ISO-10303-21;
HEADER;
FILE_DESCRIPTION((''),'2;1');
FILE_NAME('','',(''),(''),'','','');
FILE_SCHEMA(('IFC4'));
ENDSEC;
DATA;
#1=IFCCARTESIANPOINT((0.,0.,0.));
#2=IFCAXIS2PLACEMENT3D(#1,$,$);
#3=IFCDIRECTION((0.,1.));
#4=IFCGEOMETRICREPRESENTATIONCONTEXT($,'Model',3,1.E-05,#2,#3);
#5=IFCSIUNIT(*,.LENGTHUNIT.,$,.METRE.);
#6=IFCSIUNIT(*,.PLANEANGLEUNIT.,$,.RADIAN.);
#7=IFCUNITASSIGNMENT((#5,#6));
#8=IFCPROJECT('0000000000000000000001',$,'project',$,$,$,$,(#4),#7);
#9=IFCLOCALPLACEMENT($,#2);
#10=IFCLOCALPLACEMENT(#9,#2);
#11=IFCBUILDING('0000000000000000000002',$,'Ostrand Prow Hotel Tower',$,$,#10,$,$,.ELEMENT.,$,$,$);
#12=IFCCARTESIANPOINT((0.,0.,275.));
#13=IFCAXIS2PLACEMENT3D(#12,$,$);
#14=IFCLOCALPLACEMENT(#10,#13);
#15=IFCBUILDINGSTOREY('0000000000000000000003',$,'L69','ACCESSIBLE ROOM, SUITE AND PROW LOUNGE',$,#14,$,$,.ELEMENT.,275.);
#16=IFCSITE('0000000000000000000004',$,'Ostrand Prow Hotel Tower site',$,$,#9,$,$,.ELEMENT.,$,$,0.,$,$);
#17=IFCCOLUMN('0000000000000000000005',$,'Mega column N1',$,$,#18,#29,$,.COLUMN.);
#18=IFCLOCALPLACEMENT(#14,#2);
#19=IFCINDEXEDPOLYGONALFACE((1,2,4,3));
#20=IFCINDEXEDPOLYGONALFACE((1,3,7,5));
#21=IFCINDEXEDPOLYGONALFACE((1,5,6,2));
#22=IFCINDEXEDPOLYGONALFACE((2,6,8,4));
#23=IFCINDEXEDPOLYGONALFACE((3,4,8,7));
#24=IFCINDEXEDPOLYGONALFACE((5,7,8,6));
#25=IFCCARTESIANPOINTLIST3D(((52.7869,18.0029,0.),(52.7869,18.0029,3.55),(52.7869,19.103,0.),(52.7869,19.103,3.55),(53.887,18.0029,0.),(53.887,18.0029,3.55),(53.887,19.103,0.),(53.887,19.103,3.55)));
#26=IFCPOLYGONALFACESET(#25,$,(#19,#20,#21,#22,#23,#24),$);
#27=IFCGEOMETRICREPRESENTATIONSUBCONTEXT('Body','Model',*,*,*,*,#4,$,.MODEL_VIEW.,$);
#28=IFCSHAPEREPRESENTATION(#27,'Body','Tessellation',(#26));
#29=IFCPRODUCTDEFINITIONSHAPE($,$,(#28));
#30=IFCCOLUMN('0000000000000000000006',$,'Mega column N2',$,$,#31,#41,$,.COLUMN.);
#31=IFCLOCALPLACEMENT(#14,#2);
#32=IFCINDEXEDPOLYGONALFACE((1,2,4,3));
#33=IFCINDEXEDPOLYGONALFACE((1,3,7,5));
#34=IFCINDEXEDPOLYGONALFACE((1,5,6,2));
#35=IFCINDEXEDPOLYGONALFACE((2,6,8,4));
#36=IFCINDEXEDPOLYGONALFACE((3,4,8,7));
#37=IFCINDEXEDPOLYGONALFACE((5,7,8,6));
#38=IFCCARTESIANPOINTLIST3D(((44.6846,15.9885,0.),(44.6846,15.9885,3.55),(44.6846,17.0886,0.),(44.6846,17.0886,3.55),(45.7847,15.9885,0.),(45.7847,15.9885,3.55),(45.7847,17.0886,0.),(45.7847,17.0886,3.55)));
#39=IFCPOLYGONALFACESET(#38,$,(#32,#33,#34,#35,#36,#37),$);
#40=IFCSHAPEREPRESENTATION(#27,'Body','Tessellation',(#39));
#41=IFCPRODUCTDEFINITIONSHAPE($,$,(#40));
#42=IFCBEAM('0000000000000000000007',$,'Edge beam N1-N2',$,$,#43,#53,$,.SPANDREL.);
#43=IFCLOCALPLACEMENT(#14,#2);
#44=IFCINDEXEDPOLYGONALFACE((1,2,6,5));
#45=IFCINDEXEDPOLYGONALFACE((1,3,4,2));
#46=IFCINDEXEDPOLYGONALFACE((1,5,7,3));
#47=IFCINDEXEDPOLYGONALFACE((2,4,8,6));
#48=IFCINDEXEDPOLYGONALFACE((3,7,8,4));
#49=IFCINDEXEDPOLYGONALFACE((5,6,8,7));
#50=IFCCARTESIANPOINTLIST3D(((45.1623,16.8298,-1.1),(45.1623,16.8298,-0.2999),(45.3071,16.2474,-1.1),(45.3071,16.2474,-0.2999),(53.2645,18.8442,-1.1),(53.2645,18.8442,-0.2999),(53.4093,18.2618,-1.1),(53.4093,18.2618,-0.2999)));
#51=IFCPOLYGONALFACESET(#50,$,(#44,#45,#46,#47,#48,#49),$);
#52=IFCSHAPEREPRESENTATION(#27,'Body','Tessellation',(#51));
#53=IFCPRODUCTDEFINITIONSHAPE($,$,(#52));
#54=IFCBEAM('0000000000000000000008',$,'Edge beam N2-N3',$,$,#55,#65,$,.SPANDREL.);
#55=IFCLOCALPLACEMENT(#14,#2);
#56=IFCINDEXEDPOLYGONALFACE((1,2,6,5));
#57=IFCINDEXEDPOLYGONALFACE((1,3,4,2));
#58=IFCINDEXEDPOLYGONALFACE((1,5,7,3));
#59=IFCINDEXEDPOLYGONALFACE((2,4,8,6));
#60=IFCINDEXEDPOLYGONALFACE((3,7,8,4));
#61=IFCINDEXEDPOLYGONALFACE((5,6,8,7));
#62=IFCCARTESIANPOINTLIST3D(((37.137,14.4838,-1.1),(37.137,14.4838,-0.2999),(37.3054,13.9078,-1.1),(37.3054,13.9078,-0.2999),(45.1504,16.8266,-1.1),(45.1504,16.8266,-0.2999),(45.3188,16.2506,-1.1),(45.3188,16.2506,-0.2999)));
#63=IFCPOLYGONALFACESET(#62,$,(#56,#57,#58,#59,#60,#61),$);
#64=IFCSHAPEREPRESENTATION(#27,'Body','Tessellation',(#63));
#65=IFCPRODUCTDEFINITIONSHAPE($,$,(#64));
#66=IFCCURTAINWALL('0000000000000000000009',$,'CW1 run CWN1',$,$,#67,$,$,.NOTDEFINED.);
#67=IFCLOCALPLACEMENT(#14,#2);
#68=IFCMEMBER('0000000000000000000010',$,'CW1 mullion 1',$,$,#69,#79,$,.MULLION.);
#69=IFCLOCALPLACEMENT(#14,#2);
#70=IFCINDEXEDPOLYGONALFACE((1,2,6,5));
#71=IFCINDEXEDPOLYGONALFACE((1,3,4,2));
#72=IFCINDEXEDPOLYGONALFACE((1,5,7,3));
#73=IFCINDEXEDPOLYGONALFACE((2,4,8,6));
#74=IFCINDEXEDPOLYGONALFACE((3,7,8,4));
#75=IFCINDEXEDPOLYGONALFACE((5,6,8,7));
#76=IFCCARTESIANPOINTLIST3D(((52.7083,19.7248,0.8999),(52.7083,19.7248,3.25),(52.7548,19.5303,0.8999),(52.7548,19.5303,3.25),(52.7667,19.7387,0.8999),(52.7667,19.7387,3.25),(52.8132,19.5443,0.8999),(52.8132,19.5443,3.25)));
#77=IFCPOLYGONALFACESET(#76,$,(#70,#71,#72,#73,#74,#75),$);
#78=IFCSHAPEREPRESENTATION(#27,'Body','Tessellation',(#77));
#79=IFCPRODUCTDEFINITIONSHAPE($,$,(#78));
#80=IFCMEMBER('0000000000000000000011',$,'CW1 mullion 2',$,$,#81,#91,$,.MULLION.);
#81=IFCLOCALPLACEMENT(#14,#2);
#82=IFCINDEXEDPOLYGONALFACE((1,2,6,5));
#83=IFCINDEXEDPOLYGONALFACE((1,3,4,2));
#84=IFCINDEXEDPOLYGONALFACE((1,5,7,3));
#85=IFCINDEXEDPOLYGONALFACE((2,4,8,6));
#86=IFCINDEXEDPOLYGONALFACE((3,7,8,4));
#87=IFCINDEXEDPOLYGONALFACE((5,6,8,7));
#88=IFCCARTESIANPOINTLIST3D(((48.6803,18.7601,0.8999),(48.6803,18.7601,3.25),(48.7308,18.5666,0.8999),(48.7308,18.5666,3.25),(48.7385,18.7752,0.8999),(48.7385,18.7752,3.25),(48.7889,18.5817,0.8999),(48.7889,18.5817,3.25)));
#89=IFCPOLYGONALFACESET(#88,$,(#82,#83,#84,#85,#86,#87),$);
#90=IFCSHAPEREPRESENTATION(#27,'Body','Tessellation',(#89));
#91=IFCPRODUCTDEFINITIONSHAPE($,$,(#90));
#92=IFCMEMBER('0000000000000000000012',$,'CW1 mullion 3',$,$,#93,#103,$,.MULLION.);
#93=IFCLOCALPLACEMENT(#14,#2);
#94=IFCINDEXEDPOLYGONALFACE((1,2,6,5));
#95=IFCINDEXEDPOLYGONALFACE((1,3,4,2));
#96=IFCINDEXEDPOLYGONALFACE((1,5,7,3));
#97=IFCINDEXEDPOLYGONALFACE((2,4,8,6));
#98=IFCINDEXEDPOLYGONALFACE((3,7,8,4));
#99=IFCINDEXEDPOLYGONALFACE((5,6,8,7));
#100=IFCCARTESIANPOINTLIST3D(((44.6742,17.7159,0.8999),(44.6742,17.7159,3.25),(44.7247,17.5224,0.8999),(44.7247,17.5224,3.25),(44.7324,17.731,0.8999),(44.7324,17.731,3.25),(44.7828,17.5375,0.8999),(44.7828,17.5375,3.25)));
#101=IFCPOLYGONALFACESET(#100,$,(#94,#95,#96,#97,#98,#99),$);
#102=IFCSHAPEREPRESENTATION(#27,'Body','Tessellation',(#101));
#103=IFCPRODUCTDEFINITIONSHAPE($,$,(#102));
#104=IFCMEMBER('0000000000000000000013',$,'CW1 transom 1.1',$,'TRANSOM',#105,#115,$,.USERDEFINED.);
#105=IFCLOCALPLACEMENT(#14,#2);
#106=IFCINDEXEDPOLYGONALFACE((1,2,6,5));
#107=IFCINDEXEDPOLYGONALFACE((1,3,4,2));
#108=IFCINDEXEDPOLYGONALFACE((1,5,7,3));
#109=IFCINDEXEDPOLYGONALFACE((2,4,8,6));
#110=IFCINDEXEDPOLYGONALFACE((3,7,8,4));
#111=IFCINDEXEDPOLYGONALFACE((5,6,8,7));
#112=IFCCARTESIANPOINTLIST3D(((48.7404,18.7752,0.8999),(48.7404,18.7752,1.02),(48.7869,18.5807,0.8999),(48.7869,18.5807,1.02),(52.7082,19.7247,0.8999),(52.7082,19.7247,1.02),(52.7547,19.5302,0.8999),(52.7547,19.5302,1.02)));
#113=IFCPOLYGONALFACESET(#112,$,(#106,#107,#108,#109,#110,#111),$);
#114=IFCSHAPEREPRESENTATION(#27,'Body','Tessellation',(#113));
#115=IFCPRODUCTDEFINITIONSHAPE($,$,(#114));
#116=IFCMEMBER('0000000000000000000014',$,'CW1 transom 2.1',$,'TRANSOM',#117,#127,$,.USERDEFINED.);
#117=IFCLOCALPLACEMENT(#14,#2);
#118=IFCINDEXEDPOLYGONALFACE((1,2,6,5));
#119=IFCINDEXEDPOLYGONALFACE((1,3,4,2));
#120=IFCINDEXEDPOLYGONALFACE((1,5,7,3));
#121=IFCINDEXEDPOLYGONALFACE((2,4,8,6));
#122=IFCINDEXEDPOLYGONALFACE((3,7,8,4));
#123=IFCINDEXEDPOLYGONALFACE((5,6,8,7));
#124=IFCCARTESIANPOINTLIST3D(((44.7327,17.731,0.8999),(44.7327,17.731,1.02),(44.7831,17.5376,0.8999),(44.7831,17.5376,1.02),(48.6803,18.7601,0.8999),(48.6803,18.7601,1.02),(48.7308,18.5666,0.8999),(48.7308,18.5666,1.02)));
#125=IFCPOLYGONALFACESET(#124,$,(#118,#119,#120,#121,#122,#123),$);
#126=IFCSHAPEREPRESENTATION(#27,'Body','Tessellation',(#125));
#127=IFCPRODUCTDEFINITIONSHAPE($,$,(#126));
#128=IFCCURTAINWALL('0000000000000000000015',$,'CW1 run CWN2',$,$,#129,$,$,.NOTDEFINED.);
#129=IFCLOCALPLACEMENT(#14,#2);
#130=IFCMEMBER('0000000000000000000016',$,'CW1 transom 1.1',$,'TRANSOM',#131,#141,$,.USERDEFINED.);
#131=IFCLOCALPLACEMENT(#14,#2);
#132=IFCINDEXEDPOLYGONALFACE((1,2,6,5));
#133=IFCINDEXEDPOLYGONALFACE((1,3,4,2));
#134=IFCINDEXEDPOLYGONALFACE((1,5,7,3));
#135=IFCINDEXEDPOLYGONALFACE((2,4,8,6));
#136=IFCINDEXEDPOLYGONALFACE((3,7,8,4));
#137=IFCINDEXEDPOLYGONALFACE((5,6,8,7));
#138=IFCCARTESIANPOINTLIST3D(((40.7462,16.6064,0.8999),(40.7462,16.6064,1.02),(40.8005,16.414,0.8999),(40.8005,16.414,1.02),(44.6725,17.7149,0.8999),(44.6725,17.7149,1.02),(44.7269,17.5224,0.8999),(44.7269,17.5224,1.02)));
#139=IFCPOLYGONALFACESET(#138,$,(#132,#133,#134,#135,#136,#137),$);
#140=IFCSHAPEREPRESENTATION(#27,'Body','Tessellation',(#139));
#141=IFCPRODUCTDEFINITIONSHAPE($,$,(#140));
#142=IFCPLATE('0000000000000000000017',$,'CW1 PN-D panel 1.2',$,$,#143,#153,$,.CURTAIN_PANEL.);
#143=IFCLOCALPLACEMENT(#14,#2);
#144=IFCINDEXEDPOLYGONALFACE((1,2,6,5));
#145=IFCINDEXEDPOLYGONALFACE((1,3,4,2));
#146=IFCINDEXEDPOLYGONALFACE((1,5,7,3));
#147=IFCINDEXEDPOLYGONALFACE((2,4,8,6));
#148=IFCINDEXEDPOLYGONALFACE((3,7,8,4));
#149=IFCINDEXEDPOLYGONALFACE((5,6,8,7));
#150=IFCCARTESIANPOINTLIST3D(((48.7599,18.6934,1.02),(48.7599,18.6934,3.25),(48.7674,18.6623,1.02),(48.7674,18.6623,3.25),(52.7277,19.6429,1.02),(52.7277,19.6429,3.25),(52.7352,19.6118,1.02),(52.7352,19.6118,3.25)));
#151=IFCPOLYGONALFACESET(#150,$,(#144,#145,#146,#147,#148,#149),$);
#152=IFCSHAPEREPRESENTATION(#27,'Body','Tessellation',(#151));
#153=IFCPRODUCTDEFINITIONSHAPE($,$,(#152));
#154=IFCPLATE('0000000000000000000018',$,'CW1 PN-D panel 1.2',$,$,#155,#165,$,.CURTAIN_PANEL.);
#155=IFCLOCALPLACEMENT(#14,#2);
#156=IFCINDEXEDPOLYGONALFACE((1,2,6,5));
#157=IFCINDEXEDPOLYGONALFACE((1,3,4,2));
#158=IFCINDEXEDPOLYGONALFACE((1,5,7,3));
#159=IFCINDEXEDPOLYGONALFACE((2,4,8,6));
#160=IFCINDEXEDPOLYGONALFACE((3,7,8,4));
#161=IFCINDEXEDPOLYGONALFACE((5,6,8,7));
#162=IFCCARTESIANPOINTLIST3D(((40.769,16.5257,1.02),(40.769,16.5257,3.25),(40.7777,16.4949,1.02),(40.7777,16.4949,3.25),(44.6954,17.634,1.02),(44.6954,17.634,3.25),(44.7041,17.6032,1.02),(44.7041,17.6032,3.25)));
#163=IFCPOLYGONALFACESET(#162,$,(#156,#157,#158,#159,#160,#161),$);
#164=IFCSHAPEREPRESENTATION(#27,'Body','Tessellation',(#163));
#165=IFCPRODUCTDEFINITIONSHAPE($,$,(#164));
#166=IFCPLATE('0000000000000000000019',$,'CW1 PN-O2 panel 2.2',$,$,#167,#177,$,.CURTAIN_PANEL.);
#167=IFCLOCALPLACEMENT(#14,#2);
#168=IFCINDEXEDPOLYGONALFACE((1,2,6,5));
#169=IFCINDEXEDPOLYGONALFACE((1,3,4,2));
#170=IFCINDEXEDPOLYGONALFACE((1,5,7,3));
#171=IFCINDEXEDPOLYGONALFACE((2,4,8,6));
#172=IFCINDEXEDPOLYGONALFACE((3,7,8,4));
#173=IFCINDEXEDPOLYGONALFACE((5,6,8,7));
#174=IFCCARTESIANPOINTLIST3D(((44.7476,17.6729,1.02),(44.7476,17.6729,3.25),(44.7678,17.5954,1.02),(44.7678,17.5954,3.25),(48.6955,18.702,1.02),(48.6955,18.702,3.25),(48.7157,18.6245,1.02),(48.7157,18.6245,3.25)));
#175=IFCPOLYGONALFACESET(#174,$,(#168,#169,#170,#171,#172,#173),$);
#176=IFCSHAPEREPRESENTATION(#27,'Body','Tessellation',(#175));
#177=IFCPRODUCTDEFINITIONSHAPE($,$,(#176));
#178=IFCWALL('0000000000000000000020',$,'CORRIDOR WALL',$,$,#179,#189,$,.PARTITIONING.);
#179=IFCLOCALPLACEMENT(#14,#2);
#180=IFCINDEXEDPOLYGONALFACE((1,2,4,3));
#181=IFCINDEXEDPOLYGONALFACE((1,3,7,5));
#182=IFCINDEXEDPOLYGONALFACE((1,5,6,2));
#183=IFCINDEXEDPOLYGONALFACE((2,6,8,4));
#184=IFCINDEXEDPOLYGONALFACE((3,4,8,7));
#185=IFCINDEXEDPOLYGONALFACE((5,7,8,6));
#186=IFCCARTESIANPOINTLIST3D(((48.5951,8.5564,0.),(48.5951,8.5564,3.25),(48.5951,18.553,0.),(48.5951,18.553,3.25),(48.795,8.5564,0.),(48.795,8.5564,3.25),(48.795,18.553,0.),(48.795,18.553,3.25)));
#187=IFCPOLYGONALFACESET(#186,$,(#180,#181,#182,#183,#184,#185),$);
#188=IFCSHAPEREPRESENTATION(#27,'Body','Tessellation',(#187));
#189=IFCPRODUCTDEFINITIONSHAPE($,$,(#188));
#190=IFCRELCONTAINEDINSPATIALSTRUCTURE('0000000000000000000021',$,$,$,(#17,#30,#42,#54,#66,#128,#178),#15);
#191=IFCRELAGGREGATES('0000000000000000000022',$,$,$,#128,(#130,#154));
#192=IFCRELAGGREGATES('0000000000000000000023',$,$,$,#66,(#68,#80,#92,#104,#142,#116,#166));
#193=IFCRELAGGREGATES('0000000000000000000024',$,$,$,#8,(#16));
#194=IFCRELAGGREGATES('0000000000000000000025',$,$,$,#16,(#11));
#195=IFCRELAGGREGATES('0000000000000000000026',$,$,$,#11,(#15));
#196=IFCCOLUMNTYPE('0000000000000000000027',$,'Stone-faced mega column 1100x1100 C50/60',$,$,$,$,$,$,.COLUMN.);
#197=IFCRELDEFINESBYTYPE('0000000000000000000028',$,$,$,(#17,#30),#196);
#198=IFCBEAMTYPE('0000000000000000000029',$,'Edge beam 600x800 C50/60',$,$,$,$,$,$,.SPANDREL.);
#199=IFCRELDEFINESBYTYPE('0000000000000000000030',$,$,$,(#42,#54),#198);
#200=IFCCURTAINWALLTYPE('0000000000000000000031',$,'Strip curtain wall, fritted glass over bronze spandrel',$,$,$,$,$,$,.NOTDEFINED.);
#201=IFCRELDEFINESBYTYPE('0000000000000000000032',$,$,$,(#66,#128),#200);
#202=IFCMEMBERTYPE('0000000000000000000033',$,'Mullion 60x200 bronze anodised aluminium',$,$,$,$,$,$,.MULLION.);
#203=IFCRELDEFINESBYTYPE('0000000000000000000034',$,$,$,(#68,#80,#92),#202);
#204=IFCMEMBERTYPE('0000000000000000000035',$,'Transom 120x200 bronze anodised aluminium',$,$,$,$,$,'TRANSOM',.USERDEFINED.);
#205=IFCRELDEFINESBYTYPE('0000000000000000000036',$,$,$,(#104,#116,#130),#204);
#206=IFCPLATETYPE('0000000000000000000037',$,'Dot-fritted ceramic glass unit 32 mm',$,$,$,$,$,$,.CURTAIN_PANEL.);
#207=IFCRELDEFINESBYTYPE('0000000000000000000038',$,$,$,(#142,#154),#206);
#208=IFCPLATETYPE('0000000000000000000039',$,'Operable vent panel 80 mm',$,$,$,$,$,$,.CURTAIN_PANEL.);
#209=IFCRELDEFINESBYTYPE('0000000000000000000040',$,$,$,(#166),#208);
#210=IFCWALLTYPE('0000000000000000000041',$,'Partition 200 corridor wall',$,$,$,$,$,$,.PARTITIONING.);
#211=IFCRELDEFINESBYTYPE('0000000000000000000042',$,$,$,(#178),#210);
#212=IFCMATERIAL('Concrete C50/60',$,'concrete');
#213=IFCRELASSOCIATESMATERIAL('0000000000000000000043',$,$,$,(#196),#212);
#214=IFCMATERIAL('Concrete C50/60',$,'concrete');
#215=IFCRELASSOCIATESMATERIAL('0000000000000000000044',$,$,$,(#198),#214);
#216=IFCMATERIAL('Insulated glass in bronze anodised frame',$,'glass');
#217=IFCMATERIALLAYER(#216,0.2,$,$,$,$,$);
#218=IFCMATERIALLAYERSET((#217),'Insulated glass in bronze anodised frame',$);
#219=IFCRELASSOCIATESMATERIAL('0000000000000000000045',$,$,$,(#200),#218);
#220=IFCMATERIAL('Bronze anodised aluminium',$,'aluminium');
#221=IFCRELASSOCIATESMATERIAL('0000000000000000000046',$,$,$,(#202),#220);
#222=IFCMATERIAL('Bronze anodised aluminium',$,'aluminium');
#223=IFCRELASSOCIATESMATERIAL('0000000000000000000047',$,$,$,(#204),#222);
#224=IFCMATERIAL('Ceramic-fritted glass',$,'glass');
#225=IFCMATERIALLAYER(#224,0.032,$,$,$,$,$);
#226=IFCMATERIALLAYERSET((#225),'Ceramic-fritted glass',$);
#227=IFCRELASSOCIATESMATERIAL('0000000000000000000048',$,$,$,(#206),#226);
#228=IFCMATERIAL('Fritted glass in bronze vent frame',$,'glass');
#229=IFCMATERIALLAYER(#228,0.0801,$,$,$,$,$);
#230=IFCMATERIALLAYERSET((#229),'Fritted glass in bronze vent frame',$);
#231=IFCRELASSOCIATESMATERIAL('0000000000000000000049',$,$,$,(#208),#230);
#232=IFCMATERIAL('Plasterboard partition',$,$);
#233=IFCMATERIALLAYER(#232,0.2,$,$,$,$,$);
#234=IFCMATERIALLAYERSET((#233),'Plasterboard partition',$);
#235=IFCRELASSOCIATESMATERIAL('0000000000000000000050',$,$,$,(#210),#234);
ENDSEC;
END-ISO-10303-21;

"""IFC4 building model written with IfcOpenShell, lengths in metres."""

from ifc_helpers import new_model, si_unit, direction, frame, frame_2d, origin, origin_2d, place, context, subcontext, project, spatial, rectangle, extrude, material, layer, layer_set, material_profile, profile_set, type_object, element, aggregate, save


model = new_model("IFC4")

# Units and contexts
model_context = context("Model", 3, precision=1e-05, world=origin(), true_north=direction((0.0, 1.0)))
body_context = subcontext(model_context, "Body", "Model", "MODEL_VIEW")
ifc_project = project(units=[si_unit("LENGTHUNIT", "METRE"), si_unit("PLANEANGLEUNIT", "RADIAN")], contexts=[model_context])

# Site, building, storey
site_placement = place(None, origin())
site = spatial("IfcSite", under=ifc_project, at=site_placement, Name="Ostrand Prow Hotel Tower site", CompositionType="ELEMENT", RefElevation=0.0)
building_placement = place(site_placement, origin())
building = spatial("IfcBuilding", under=site, at=building_placement, Name="Ostrand Prow Hotel Tower", CompositionType="ELEMENT")
storey_placement = place(building_placement, frame((0.0, 0.0, 275.0)))
storey = spatial("IfcBuildingStorey", under=building, at=storey_placement, Name="L69", Description="ACCESSIBLE ROOM, SUITE AND PROW LOUNGE", CompositionType="ELEMENT", Elevation=275.0)

# Columns
ifc_material_1 = material(Name="Concrete C50/60", Category="concrete")
ifc_material_profile_1 = material_profile(ifc_material_1, rectangle(XDim=1.1001, YDim=1.1001, at=origin_2d()), Name="RC 1100x1100")
ifc_profile_set_1 = profile_set([ifc_material_profile_1], Name="Concrete C50/60")
column_type = type_object("IfcColumnType", Name="Stone-faced mega column 1100x1100 C50/60", PredefinedType="COLUMN", material=ifc_profile_set_1)
for number, where, z_axis, x_axis, name in (
    (1, (53.3369, 18.553, 0.0), (0.0, 0.0, 1.0), (1.0, 0.0, 0.0), "Mega column N1"),
    (2, (45.2346, 16.5386, 0.0), (0.0, 0.0, 1.0), (1.0, 0.0, 0.0), "Mega column N2"),
):
    element("IfcColumn", number, at=place(storey_placement, frame(where, z_axis=z_axis, x_axis=x_axis)), inside=storey, type_object=column_type, Name=name, PredefinedType="COLUMN", context=body_context, shape_type="SweptSolid", body=[
        extrude(rectangle(XDim=1.1001, YDim=1.1001, at=origin_2d()), origin(), (0.0, 0.0, 1.0), 3.55),
    ])

# Beams
ifc_material_2 = material(Name="Concrete C50/60", Category="concrete")
ifc_material_profile_2 = material_profile(ifc_material_2, rectangle(XDim=0.6001, YDim=0.8, at=origin_2d()), Name="RC 600x800")
ifc_profile_set_2 = profile_set([ifc_material_profile_2], Name="Concrete C50/60")
beam_type = type_object("IfcBeamType", Name="Edge beam 600x800 C50/60", PredefinedType="SPANDREL", material=ifc_profile_set_2)
for number, where, z_axis, x_axis, name in (
    (3, (53.3369, 18.553, -0.7), (-0.970456, -0.241276, 0.0), (0.241276, -0.970456, 0.0), "Edge beam N1-N2"),
    (4, (45.2346, 16.5386, -0.7), (-0.959822, -0.28061, 0.0), (0.28061, -0.959822, 0.0), "Edge beam N2-N3"),
):
    element("IfcBeam", number, at=place(storey_placement, frame(where, z_axis=z_axis, x_axis=x_axis)), inside=storey, type_object=beam_type, Name=name, PredefinedType="SPANDREL", context=body_context, shape_type="SweptSolid", body=[
        extrude(rectangle(XDim=0.6001, YDim=0.8, at=origin_2d()), origin(), (0.0, 0.0, 1.0), 8.3489),
    ])

# Curtain wall, members
ifc_material_3 = material(Name="Insulated glass in bronze anodised frame", Category="glass")
ifc_layer_1 = layer(ifc_material_3, 0.2)
ifc_layer_set_1 = layer_set([ifc_layer_1], Name="Insulated glass in bronze anodised frame")
curtain_wall_type = type_object("IfcCurtainWallType", Name="Strip curtain wall, fritted glass over bronze spandrel", PredefinedType="NOTDEFINED", material=ifc_layer_set_1)
curtain_wall_1_placement = place(storey_placement, origin())
curtain_wall_1 = element("IfcCurtainWall", 5, at=curtain_wall_1_placement, inside=storey, type_object=curtain_wall_type, Name="CW1 run CWN1", PredefinedType="NOTDEFINED")
ifc_material_4 = material(Name="Bronze anodised aluminium", Category="aluminium")
ifc_material_profile_3 = material_profile(ifc_material_4, rectangle(XDim=0.2, YDim=0.0601, at=origin_2d()), Name="Mullion 60x200 bronze anodised aluminium")
ifc_profile_set_3 = profile_set([ifc_material_profile_3], Name="Bronze anodised aluminium")
member_type_1 = type_object("IfcMemberType", Name="Mullion 60x200 bronze anodised aluminium", PredefinedType="MULLION", material=ifc_profile_set_3)
member_1_placement = place(storey_placement, frame((52.7607, 19.6345, 0.8999), z_axis=(0.0, 0.0, 1.0), x_axis=(0.232746, -0.972538, 0.0)))
member_1 = element("IfcMember", 6, at=member_1_placement, type_object=member_type_1, Name="CW1 mullion 1", PredefinedType="MULLION", context=body_context, shape_type="SweptSolid", body=[
    extrude(rectangle(XDim=0.2, YDim=0.0601, at=origin_2d()), origin(), (0.0, 0.0, 1.0), 2.3501),
])
member_2_placement = place(storey_placement, frame((48.7346, 18.6709, 0.8999), z_axis=(0.0, 0.0, 1.0), x_axis=(0.252248, -0.967663, 0.0)))
member_2 = element("IfcMember", 7, at=member_2_placement, type_object=member_type_1, Name="CW1 mullion 2", PredefinedType="MULLION", context=body_context, shape_type="SweptSolid", body=[
    extrude(rectangle(XDim=0.2, YDim=0.0601, at=origin_2d()), origin(), (0.0, 0.0, 1.0), 2.3501),
])
member_3_placement = place(storey_placement, frame((44.7285, 17.6267, 0.8999), z_axis=(0.0, 0.0, 1.0), x_axis=(0.252248, -0.967663, 0.0)))
member_3 = element("IfcMember", 8, at=member_3_placement, type_object=member_type_1, Name="CW1 mullion 3", PredefinedType="MULLION", context=body_context, shape_type="SweptSolid", body=[
    extrude(rectangle(XDim=0.2, YDim=0.0601, at=origin_2d()), origin(), (0.0, 0.0, 1.0), 2.3501),
])
ifc_material_5 = material(Name="Bronze anodised aluminium", Category="aluminium")
ifc_material_profile_4 = material_profile(ifc_material_5, rectangle(XDim=0.2, YDim=0.1201, at=origin_2d()), Name="Transom 120x200 bronze anodised aluminium")
ifc_profile_set_4 = profile_set([ifc_material_profile_4], Name="Bronze anodised aluminium")
member_type_2 = type_object("IfcMemberType", Name="Transom 120x200 bronze anodised aluminium", ElementType="TRANSOM", PredefinedType="USERDEFINED", material=ifc_profile_set_4)
member_4_placement = place(storey_placement, frame((52.7314, 19.6274, 0.96), z_axis=(-0.972543, -0.232723, 0.0), x_axis=(0.232723, -0.972543, 0.0)))
member_4 = element("IfcMember", 9, at=member_4_placement, type_object=member_type_2, Name="CW1 transom 1.1", ObjectType="TRANSOM", PredefinedType="USERDEFINED", context=body_context, shape_type="SweptSolid", body=[
    extrude(rectangle(XDim=0.2, YDim=0.1201, at=origin_2d()), origin(), (0.0, 0.0, 1.0), 4.0798),
])
member_5_placement = place(storey_placement, frame((48.7056, 18.6633, 0.96), z_axis=(-0.967665, -0.252239, 0.0), x_axis=(0.252239, -0.967665, 0.0)))
member_5 = element("IfcMember", 10, at=member_5_placement, type_object=member_type_2, Name="CW1 transom 2.1", ObjectType="TRANSOM", PredefinedType="USERDEFINED", context=body_context, shape_type="SweptSolid", body=[
    extrude(rectangle(XDim=0.2, YDim=0.1201, at=origin_2d()), origin(), (0.0, 0.0, 1.0), 4.0796),
])

# Curtain wall, member
curtain_wall_2_placement = place(storey_placement, origin())
curtain_wall_2 = element("IfcCurtainWall", 11, at=curtain_wall_2_placement, inside=storey, type_object=curtain_wall_type, Name="CW1 run CWN2", PredefinedType="NOTDEFINED")
member_6_placement = place(storey_placement, frame((44.6997, 17.6187, 0.96), z_axis=(-0.962386, -0.271685, 0.0), x_axis=(0.271685, -0.962386, 0.0)))
member_6 = element("IfcMember", 12, at=member_6_placement, type_object=member_type_2, Name="CW1 transom 1.1", ObjectType="TRANSOM", PredefinedType="USERDEFINED", context=body_context, shape_type="SweptSolid", body=[
    extrude(rectangle(XDim=0.2, YDim=0.1201, at=origin_2d()), origin(), (0.0, 0.0, 1.0), 4.0798),
])

# Plates
ifc_material_6 = material(Name="Ceramic-fritted glass", Category="glass")
ifc_layer_2 = layer(ifc_material_6, 0.032)
ifc_layer_set_2 = layer_set([ifc_layer_2], Name="Ceramic-fritted glass")
plate_type_1 = type_object("IfcPlateType", Name="Dot-fritted ceramic glass unit 32 mm", PredefinedType="CURTAIN_PANEL", material=ifc_layer_set_2)
plate_1_placement = place(storey_placement, frame((50.7476, 19.1526, 1.02), z_axis=(0.0, 0.0, 1.0), x_axis=(-0.972538, -0.232746, 0.0)))
plate_1 = element("IfcPlate", 13, at=plate_1_placement, type_object=plate_type_1, Name="CW1 PN-D panel 1.2", PredefinedType="CURTAIN_PANEL", context=body_context, shape_type="SweptSolid", body=[
    extrude(rectangle(XDim=4.0798, YDim=0.032, at=origin_2d()), origin(), (0.0, 0.0, 1.0), 2.23),
])
plate_2_placement = place(storey_placement, frame((42.7366, 17.0645, 1.02), z_axis=(0.0, 0.0, 1.0), x_axis=(-0.962396, -0.271649, 0.0)))
plate_2 = element("IfcPlate", 14, at=plate_2_placement, type_object=plate_type_1, Name="CW1 PN-D panel 1.2", PredefinedType="CURTAIN_PANEL", context=body_context, shape_type="SweptSolid", body=[
    extrude(rectangle(XDim=4.0798, YDim=0.032, at=origin_2d()), origin(), (0.0, 0.0, 1.0), 2.23),
])
aggregate(curtain_wall_2, [member_6, plate_2])
ifc_material_7 = material(Name="Fritted glass in bronze vent frame", Category="glass")
ifc_layer_3 = layer(ifc_material_7, 0.0801)
ifc_layer_set_3 = layer_set([ifc_layer_3], Name="Fritted glass in bronze vent frame")
plate_type_2 = type_object("IfcPlateType", Name="Operable vent panel 80 mm", PredefinedType="CURTAIN_PANEL", material=ifc_layer_set_3)
plate_3_placement = place(storey_placement, frame((46.7317, 18.1487, 1.02), z_axis=(0.0, 0.0, 1.0), x_axis=(-0.967663, -0.252248, 0.0)))
plate_3 = element("IfcPlate", 15, at=plate_3_placement, type_object=plate_type_2, Name="CW1 PN-O2 panel 2.2", PredefinedType="CURTAIN_PANEL", context=body_context, shape_type="SweptSolid", body=[
    extrude(rectangle(XDim=4.0798, YDim=0.0801, at=origin_2d()), origin(), (0.0, 0.0, 1.0), 2.23),
])
aggregate(curtain_wall_1, [member_1, member_2, member_3, member_4, plate_1, member_5, plate_3])

# Wall
ifc_material_8 = material(Name="Plasterboard partition")
ifc_layer_4 = layer(ifc_material_8, 0.2)
ifc_layer_set_4 = layer_set([ifc_layer_4], Name="Plasterboard partition")
wall_type_1 = type_object("IfcWallType", Name="Partition 200 corridor wall", PredefinedType="PARTITIONING", material=ifc_layer_set_4)
wall_1_placement = place(storey_placement, frame((48.6951, 18.553, 0.0), z_axis=(0.0, 0.0, 1.0), x_axis=(0.0, -1.0, 0.0)))
element("IfcWall", 16, at=wall_1_placement, inside=storey, type_object=wall_type_1, Name="CORRIDOR WALL", PredefinedType="PARTITIONING", context=body_context, shape_type="SweptSolid", body=[
    extrude(rectangle(XDim=9.9966, YDim=0.2, at=frame_2d((4.9983, 0.0))), origin(), (0.0, 0.0, 1.0), 3.25),
])

save(model, "model.ifc")
